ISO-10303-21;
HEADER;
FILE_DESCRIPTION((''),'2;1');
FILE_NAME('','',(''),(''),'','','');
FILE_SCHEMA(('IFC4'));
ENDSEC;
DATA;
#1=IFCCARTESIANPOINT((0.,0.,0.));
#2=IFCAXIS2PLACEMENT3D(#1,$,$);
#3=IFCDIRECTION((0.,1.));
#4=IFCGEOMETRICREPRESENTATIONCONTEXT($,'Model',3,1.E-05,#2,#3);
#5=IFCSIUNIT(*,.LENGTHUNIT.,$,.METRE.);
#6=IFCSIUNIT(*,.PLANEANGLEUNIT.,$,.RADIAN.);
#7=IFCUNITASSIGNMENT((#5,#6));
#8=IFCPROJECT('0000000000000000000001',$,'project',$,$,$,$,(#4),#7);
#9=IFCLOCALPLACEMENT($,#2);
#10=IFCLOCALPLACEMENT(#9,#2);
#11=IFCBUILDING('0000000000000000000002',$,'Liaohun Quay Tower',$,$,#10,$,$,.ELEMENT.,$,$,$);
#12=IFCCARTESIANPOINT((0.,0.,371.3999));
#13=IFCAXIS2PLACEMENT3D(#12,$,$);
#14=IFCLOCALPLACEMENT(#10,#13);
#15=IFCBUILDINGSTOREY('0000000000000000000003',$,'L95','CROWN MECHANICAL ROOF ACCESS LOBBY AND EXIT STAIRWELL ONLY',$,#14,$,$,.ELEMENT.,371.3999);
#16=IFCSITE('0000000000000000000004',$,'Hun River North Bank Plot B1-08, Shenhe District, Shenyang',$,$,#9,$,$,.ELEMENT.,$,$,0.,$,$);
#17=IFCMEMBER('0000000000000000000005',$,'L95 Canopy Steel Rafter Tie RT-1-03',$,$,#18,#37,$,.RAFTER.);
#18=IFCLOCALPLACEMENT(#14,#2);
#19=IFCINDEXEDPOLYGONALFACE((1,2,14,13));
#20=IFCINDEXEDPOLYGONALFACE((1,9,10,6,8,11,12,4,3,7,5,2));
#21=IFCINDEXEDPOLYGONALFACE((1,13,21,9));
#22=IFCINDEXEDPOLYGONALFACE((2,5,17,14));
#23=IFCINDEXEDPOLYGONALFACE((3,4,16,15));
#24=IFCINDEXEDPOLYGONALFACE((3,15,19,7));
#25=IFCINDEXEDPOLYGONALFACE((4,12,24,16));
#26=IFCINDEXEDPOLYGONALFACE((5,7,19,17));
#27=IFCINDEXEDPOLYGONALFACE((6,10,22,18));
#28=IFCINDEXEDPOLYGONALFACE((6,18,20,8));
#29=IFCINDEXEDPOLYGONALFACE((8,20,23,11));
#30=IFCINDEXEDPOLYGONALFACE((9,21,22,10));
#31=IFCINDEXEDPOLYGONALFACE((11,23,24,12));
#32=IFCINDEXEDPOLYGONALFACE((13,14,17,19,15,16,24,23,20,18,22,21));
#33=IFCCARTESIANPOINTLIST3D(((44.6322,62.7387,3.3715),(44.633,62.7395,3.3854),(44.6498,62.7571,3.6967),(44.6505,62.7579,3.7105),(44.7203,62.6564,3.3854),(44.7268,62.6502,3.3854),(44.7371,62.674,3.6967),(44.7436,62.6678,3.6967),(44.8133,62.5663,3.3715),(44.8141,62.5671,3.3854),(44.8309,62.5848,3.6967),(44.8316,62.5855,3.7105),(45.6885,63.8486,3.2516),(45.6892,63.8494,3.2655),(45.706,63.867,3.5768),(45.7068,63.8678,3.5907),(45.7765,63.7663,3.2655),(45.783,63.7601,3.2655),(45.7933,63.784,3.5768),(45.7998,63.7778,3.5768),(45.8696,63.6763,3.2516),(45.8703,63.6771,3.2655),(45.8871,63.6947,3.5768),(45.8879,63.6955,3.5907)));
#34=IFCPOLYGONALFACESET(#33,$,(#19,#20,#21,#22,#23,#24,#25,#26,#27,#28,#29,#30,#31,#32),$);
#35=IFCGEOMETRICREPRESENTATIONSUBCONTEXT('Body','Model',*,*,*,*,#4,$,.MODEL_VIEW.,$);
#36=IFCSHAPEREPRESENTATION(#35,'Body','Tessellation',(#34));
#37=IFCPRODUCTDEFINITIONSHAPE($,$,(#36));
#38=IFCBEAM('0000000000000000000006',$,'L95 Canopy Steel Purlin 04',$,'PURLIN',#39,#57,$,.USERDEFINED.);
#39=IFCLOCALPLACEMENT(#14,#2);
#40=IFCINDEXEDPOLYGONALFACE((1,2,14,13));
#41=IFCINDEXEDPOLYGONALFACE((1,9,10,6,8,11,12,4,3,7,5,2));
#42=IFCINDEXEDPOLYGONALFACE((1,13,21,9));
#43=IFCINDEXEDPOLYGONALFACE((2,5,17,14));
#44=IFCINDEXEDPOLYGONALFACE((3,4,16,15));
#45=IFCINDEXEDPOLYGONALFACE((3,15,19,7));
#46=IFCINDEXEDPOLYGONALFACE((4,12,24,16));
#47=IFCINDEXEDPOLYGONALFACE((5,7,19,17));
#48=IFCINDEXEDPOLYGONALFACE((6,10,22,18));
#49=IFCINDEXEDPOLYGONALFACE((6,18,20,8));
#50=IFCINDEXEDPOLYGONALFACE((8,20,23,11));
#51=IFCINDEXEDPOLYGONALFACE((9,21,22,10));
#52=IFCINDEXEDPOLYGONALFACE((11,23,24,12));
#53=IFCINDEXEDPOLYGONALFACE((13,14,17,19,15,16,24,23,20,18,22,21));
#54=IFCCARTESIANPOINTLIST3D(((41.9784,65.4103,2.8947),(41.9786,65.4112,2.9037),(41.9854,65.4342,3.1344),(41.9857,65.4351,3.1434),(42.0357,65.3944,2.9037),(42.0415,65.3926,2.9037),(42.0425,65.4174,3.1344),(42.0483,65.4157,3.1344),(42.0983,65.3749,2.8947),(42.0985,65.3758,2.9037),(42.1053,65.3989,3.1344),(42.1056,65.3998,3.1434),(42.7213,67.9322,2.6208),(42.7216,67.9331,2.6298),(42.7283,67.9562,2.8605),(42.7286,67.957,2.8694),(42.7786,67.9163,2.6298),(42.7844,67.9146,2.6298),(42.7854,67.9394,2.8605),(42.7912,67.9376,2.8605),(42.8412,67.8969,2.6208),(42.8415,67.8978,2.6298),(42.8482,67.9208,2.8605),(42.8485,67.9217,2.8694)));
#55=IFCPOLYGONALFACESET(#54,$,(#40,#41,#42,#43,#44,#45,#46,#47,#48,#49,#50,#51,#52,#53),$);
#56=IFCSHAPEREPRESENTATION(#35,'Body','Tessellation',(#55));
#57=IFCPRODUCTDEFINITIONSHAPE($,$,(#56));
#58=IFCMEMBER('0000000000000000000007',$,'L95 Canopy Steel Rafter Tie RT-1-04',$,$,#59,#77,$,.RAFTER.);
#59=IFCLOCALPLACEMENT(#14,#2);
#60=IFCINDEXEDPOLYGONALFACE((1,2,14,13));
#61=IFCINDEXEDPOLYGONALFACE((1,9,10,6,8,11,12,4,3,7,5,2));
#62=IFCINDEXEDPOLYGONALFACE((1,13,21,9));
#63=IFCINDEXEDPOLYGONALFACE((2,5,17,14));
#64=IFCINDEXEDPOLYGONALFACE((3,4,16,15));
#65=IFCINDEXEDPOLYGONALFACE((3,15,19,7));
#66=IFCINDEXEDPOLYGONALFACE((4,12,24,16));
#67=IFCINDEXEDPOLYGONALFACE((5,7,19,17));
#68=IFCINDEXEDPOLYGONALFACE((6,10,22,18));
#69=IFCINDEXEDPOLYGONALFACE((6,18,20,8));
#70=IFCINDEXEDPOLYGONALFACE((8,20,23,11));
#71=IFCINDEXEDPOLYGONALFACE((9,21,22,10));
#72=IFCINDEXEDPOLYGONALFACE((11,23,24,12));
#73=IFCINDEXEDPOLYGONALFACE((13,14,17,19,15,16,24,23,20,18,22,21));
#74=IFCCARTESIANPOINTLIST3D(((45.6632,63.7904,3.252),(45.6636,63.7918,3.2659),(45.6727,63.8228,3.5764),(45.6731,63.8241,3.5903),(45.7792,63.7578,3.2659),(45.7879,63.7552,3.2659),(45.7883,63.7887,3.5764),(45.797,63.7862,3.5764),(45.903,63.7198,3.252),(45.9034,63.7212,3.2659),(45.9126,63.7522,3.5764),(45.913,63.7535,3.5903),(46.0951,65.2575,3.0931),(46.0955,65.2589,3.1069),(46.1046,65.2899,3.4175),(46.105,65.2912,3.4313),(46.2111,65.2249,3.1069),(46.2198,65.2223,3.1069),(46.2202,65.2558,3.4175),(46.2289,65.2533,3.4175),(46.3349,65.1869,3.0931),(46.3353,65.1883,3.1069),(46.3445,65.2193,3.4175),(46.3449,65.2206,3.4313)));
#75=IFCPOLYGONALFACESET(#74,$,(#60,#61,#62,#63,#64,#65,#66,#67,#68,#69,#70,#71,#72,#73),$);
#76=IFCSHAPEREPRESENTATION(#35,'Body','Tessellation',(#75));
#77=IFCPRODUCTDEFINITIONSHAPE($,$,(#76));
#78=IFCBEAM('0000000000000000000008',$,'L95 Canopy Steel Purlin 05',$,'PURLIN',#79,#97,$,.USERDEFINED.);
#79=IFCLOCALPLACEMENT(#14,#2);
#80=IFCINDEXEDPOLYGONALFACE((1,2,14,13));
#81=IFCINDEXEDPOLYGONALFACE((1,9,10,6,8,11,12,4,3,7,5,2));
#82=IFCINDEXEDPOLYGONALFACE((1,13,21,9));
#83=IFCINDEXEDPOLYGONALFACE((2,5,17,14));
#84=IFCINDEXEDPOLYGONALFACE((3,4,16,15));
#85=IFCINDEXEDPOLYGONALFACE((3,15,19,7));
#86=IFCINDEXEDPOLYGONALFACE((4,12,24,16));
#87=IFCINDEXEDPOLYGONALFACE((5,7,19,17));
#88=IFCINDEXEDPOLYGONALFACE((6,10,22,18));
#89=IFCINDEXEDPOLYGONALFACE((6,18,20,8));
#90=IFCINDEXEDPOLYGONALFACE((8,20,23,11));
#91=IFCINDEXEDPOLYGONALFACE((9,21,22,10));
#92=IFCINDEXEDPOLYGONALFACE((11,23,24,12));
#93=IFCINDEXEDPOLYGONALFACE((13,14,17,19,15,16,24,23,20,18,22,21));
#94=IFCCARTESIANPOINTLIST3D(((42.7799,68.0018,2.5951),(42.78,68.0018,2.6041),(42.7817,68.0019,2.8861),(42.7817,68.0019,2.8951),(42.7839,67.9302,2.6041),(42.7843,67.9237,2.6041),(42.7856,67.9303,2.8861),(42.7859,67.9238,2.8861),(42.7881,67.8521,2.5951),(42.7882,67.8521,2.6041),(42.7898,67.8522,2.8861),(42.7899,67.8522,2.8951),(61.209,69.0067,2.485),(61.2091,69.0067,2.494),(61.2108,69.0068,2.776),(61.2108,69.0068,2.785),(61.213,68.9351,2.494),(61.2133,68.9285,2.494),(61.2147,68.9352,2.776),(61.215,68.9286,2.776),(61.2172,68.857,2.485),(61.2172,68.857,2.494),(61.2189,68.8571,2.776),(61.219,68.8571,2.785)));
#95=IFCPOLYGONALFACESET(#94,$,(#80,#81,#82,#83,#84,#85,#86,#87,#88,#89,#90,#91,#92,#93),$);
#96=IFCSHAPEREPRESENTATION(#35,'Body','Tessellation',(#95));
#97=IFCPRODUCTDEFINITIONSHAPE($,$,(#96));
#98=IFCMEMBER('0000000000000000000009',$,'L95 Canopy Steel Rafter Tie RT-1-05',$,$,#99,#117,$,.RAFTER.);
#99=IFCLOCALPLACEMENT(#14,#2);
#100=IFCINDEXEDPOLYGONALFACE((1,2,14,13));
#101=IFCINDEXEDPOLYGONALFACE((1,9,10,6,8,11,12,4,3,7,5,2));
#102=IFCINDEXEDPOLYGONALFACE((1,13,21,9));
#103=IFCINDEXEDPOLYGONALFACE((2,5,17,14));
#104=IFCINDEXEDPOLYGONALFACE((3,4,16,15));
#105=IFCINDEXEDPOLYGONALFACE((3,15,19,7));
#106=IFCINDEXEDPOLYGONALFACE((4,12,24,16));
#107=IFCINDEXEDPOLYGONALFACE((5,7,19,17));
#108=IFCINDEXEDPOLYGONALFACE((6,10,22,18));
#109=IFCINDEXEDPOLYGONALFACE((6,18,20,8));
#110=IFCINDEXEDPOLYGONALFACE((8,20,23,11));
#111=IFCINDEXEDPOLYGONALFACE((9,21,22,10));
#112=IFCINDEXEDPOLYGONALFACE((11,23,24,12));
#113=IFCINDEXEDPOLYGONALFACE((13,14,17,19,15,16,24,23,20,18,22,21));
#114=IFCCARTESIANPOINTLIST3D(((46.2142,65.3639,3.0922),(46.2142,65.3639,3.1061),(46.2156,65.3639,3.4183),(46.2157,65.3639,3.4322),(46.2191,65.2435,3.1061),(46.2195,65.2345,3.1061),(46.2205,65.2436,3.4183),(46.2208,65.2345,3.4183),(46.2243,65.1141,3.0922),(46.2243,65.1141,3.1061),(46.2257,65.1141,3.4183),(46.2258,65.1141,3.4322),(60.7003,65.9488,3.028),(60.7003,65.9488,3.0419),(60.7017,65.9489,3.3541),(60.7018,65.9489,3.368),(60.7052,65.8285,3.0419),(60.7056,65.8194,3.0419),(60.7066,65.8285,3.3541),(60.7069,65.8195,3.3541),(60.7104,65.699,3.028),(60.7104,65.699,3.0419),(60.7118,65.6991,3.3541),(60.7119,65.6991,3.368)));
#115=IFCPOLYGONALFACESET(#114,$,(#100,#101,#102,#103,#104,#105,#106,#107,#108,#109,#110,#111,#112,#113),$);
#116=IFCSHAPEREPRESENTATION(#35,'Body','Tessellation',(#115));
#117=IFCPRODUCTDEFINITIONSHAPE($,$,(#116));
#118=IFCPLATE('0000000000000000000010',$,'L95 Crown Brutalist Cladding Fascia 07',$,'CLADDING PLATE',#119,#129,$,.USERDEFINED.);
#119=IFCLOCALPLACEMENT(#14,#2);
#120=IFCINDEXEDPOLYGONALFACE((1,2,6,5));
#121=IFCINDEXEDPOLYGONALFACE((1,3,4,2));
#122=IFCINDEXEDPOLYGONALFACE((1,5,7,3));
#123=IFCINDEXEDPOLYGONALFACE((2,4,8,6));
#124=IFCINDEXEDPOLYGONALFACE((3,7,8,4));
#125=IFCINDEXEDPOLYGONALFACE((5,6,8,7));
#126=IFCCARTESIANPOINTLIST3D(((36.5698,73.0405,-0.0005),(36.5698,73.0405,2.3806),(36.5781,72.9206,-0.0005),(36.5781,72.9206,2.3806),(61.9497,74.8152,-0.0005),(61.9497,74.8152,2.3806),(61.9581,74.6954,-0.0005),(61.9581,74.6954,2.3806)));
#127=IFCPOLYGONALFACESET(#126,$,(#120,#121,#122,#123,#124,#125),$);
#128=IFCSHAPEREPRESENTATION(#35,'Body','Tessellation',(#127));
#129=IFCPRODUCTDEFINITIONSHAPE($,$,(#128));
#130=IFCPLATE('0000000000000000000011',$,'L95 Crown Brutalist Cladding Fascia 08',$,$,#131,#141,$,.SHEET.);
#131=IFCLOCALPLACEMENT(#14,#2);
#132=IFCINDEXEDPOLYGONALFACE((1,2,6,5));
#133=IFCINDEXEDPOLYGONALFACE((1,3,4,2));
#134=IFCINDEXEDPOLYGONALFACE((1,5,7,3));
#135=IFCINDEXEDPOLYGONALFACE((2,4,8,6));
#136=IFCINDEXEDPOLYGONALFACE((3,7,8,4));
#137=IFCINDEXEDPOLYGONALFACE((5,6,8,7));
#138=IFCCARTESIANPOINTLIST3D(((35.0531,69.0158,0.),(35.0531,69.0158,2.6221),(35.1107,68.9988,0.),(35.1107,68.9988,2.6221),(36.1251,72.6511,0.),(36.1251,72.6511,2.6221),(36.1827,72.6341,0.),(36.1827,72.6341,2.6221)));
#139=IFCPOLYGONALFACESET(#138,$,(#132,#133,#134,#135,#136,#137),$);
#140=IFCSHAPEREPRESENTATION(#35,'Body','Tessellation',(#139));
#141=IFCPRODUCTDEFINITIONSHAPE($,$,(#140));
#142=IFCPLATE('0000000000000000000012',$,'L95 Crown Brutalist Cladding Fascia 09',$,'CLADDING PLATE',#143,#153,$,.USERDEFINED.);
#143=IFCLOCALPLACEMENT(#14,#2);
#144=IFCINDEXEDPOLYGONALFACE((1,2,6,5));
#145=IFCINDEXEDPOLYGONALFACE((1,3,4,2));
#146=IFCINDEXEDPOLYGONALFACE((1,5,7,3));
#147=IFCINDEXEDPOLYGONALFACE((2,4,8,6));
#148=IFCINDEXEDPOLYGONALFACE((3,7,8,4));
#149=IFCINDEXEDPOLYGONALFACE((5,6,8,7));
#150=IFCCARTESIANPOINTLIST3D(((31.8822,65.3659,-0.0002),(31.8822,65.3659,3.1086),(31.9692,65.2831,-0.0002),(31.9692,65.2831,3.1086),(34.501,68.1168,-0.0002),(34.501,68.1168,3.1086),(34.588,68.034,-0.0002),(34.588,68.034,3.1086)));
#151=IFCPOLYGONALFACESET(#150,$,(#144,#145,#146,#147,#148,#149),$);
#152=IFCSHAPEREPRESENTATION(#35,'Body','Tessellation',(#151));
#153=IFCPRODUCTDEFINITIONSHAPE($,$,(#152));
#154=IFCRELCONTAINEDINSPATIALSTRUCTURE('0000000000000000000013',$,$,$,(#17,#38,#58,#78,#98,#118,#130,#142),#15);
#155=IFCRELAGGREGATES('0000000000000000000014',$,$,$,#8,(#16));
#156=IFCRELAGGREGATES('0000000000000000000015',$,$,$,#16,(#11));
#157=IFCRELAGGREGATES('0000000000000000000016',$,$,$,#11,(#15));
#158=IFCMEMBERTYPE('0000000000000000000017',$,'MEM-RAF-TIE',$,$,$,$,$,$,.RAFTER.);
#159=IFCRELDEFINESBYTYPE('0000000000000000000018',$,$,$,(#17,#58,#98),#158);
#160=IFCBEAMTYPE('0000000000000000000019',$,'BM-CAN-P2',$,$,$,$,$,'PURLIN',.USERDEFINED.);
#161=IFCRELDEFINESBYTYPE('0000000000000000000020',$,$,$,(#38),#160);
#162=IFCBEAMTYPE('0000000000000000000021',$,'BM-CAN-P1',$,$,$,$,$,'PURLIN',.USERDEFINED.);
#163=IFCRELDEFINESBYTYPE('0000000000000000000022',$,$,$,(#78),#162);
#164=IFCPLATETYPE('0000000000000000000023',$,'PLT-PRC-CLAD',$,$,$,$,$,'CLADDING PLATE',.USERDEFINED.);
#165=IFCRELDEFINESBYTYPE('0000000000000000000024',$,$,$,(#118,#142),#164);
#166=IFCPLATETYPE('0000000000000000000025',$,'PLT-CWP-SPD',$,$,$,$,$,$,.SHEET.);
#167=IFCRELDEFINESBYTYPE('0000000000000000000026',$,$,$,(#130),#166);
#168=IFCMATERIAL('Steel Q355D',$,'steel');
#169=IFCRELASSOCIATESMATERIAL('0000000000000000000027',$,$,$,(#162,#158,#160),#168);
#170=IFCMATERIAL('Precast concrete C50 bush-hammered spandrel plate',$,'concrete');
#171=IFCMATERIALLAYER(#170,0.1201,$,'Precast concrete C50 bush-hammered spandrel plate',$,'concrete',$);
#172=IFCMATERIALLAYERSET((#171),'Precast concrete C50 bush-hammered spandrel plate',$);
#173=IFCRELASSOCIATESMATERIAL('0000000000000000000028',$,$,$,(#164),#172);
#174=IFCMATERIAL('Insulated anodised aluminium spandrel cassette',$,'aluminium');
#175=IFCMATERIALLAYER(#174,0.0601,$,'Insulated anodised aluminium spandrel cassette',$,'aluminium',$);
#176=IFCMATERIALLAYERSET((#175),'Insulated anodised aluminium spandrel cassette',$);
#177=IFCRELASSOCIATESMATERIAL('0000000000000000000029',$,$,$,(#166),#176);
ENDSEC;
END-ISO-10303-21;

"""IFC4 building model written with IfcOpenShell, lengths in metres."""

from ifc_helpers import new_model, si_unit, direction, frame, origin, origin_2d, place, context, subcontext, project, spatial, rectangle, i_section, extrude, source, transform, mapped, material, layer, layer_set, material_profile, profile_set, type_object, element, save


model = new_model("IFC4")

# Units and contexts
model_context = context("Model", 3, precision=1e-05, world=origin(), true_north=direction((0.0, 1.0)))
body_context = subcontext(model_context, "Body", "Model", "MODEL_VIEW")
ifc_project = project(units=[si_unit("LENGTHUNIT", "METRE"), si_unit("PLANEANGLEUNIT", "RADIAN")], contexts=[model_context])

# Site, building, storey
site_placement = place(None, origin())
site = spatial("IfcSite", under=ifc_project, at=site_placement, Name="Hun River North Bank Plot B1-08, Shenhe District, Shenyang", CompositionType="ELEMENT", RefElevation=0.0)
building_placement = place(site_placement, origin())
building = spatial("IfcBuilding", under=site, at=building_placement, Name="Liaohun Quay Tower", CompositionType="ELEMENT")
storey_placement = place(building_placement, frame((0.0, 0.0, 371.3999)))
storey = spatial("IfcBuildingStorey", under=building, at=storey_placement, Name="L95", Description="CROWN MECHANICAL ROOF ACCESS LOBBY AND EXIT STAIRWELL ONLY", CompositionType="ELEMENT", Elevation=371.3999)

# Shared definitions
ifc_material_1 = material(Name="Steel Q355D", Category="steel")

# Shared definitions
ifc_material_profile_1 = material_profile(ifc_material_1, i_section(OverallWidth=0.1499, OverallDepth=0.3, WebThickness=0.0066, FlangeThickness=0.009, at=origin_2d()), Name="HN300x150x6.5x9")
ifc_profile_set_1 = profile_set([ifc_material_profile_1], Name="Steel Q355D")
beam_type_1 = type_object("IfcBeamType", Name="BM-CAN-P1", ElementType="PURLIN", PredefinedType="USERDEFINED", material=ifc_profile_set_1)

# Member
ifc_material_profile_2 = material_profile(ifc_material_1, i_section(OverallWidth=0.25, OverallDepth=0.3401, WebThickness=0.009, FlangeThickness=0.0139, at=origin_2d()), Name="HM340x250x9x14")
ifc_profile_set_2 = profile_set([ifc_material_profile_2], Name="Steel Q355D")
member_type_1 = type_object("IfcMemberType", Name="MEM-RAF-TIE", PredefinedType="RAFTER", material=ifc_profile_set_2)
shared_shape_1 = source(origin(), body_context, "Body", "SweptSolid", [
    extrude(i_section(OverallWidth=0.25, OverallDepth=0.3401, WebThickness=0.009, FlangeThickness=0.0139, at=origin_2d()), origin(), (0.0, 0.0, 1.0), 1.5369),
])
member_1_placement = place(storey_placement, frame((44.7319, 62.6621, 3.541), z_axis=(0.68726, 0.722211, -0.078004), x_axis=(-0.724418, 0.689361, 0.0)))
element("IfcMember", 1, at=member_1_placement, inside=storey, type_object=member_type_1, Name="L95 Canopy Steel Rafter Tie RT-1-03", PredefinedType="RAFTER", context=body_context, shape_type="MappedRepresentation", body=[
    mapped(shared_shape_1, transform((0.0, 0.0, 0.0), x_axis=(1.0, 0.0, 0.0), y_axis=(0.0, 1.0, 0.0), z_axis=(0.0, 0.0, 1.0), scale=1.0)),
])

# Beam
ifc_material_profile_3 = material_profile(ifc_material_1, i_section(OverallWidth=0.125, OverallDepth=0.25, WebThickness=0.0061, FlangeThickness=0.009, at=origin_2d()), Name="HN250x125x6x9")
ifc_profile_set_3 = profile_set([ifc_material_profile_3], Name="Steel Q355D")
beam_type_2 = type_object("IfcBeamType", Name="BM-CAN-P2", ElementType="PURLIN", PredefinedType="USERDEFINED", material=ifc_profile_set_3)
shared_shape_2 = source(origin(), body_context, "Body", "SweptSolid", [
    extrude(i_section(OverallWidth=0.125, OverallDepth=0.25, WebThickness=0.0061, FlangeThickness=0.009, at=origin_2d()), origin(), (0.0, 0.0, 1.0), 2.6433),
])
beam_1_placement = place(storey_placement, frame((42.042, 65.405, 3.019), z_axis=(0.281052, 0.954081, -0.103628), x_axis=(-0.959246, 0.282574, 0.0)))
element("IfcBeam", 2, at=beam_1_placement, inside=storey, type_object=beam_type_2, Name="L95 Canopy Steel Purlin 04", ObjectType="PURLIN", PredefinedType="USERDEFINED", context=body_context, shape_type="MappedRepresentation", body=[
    mapped(shared_shape_2, transform((0.0, 0.0, 0.0), x_axis=(1.0, 0.0, 0.0), y_axis=(0.0, 1.0, 0.0), z_axis=(0.0, 0.0, 1.0), scale=1.0)),
])

# Member
shared_shape_3 = source(origin(), body_context, "Body", "SweptSolid", [
    extrude(i_section(OverallWidth=0.25, OverallDepth=0.3401, WebThickness=0.009, FlangeThickness=0.0139, at=origin_2d()), origin(), (0.0, 0.0, 1.0), 1.5376),
])
member_2_placement = place(storey_placement, frame((45.7881, 63.772, 3.4211), z_axis=(0.280895, 0.954155, -0.103371), x_axis=(-0.959294, 0.282408, 0.0)))
element("IfcMember", 3, at=member_2_placement, inside=storey, type_object=member_type_1, Name="L95 Canopy Steel Rafter Tie RT-1-04", PredefinedType="RAFTER", context=body_context, shape_type="MappedRepresentation", body=[
    mapped(shared_shape_3, transform((0.0, 0.0, 0.0), x_axis=(1.0, 0.0, 0.0), y_axis=(0.0, 1.0, 0.0), z_axis=(0.0, 0.0, 1.0), scale=1.0)),
])

# Beam
shared_shape_4 = source(origin(), body_context, "Body", "SweptSolid", [
    extrude(i_section(OverallWidth=0.1499, OverallDepth=0.3, WebThickness=0.0066, FlangeThickness=0.009, at=origin_2d()), origin(), (0.0, 0.0, 1.0), 18.4568),
])
beam_2_placement = place(storey_placement, frame((42.7849, 67.927, 2.7451), z_axis=(0.998499, 0.054445, -0.005966), x_axis=(-0.054446, 0.998517, 0.0)))
element("IfcBeam", 4, at=beam_2_placement, inside=storey, type_object=beam_type_1, Name="L95 Canopy Steel Purlin 05", ObjectType="PURLIN", PredefinedType="USERDEFINED", context=body_context, shape_type="MappedRepresentation", body=[
    mapped(shared_shape_4, transform((0.0, 0.0, 0.0), x_axis=(1.0, 0.0, 0.0), y_axis=(0.0, 1.0, 0.0), z_axis=(0.0, 0.0, 1.0), scale=1.0)),
])

# Member
shared_shape_5 = source(origin(), body_context, "Body", "SweptSolid", [
    extrude(i_section(OverallWidth=0.25, OverallDepth=0.3401, WebThickness=0.009, FlangeThickness=0.0139, at=origin_2d()), origin(), (0.0, 0.0, 1.0), 14.498),
])
member_3_placement = place(storey_placement, frame((46.22, 65.239, 3.2622), z_axis=(0.999176, 0.040348, -0.004429), x_axis=(-0.040348, 0.999186, 0.0)))
element("IfcMember", 5, at=member_3_placement, inside=storey, type_object=member_type_1, Name="L95 Canopy Steel Rafter Tie RT-1-05", PredefinedType="RAFTER", context=body_context, shape_type="MappedRepresentation", body=[
    mapped(shared_shape_5, transform((0.0, 0.0, 0.0), x_axis=(1.0, 0.0, 0.0), y_axis=(0.0, 1.0, 0.0), z_axis=(0.0, 0.0, 1.0), scale=1.0)),
])

# Plates
ifc_material_2 = material(Name="Precast concrete C50 bush-hammered spandrel plate", Category="concrete")
ifc_layer_1 = layer(ifc_material_2, 0.1201, Name="Precast concrete C50 bush-hammered spandrel plate", Category="concrete")
ifc_layer_set_1 = layer_set([ifc_layer_1], Name="Precast concrete C50 bush-hammered spandrel plate")
plate_type_1 = type_object("IfcPlateType", Name="PLT-PRC-CLAD", ElementType="CLADDING PLATE", PredefinedType="USERDEFINED", material=ifc_layer_set_1)
shared_shape_6 = source(origin(), body_context, "Body", "SweptSolid", [
    extrude(rectangle(XDim=25.4419, YDim=0.1201, at=origin_2d()), origin(), (0.0, 0.0, 1.0), 2.3811),
])
plate_1_placement = place(storey_placement, frame((49.2639, 73.8679, -0.0005), z_axis=(0.0, 0.0, 1.0), x_axis=(-0.997564, -0.069756, 0.0)))
element("IfcPlate", 6, at=plate_1_placement, inside=storey, type_object=plate_type_1, Name="L95 Crown Brutalist Cladding Fascia 07", ObjectType="CLADDING PLATE", PredefinedType="USERDEFINED", context=body_context, shape_type="MappedRepresentation", body=[
    mapped(shared_shape_6, transform((0.0, 0.0, 0.0), x_axis=(1.0, 0.0, 0.0), y_axis=(0.0, 1.0, 0.0), z_axis=(0.0, 0.0, 1.0), scale=1.0)),
])
ifc_material_3 = material(Name="Insulated anodised aluminium spandrel cassette", Category="aluminium")
ifc_layer_2 = layer(ifc_material_3, 0.0601, Name="Insulated anodised aluminium spandrel cassette", Category="aluminium")
ifc_layer_set_2 = layer_set([ifc_layer_2], Name="Insulated anodised aluminium spandrel cassette")
plate_type_2 = type_object("IfcPlateType", Name="PLT-CWP-SPD", PredefinedType="SHEET", material=ifc_layer_set_2)
shared_shape_7 = source(origin(), body_context, "Body", "SweptSolid", [
    extrude(rectangle(XDim=3.79, YDim=0.0601, at=origin_2d()), origin(), (0.0, 0.0, 1.0), 2.6221),
])
plate_2_placement = place(storey_placement, frame((35.6179, 70.825, 0.0), z_axis=(0.0, 0.0, 1.0), x_axis=(-0.282844, -0.959166, 0.0)))
element("IfcPlate", 7, at=plate_2_placement, inside=storey, type_object=plate_type_2, Name="L95 Crown Brutalist Cladding Fascia 08", PredefinedType="SHEET", context=body_context, shape_type="MappedRepresentation", body=[
    mapped(shared_shape_7, transform((0.0, 0.0, 0.0), x_axis=(1.0, 0.0, 0.0), y_axis=(0.0, 1.0, 0.0), z_axis=(0.0, 0.0, 1.0), scale=1.0)),
])
shared_shape_8 = source(origin(), body_context, "Body", "SweptSolid", [
    extrude(rectangle(XDim=3.7981, YDim=0.1201, at=origin_2d()), origin(), (0.0, 0.0, 1.0), 3.1089),
])
plate_3_placement = place(storey_placement, frame((33.2351, 66.7, -0.0002), z_axis=(0.0, 0.0, 1.0), x_axis=(-0.689493, -0.724292, 0.0)))
element("IfcPlate", 8, at=plate_3_placement, inside=storey, type_object=plate_type_1, Name="L95 Crown Brutalist Cladding Fascia 09", ObjectType="CLADDING PLATE", PredefinedType="USERDEFINED", context=body_context, shape_type="MappedRepresentation", body=[
    mapped(shared_shape_8, transform((0.0, 0.0, 0.0), x_axis=(1.0, 0.0, 0.0), y_axis=(0.0, 1.0, 0.0), z_axis=(0.0, 0.0, 1.0), scale=1.0)),
])

save(model, "model.ifc")
